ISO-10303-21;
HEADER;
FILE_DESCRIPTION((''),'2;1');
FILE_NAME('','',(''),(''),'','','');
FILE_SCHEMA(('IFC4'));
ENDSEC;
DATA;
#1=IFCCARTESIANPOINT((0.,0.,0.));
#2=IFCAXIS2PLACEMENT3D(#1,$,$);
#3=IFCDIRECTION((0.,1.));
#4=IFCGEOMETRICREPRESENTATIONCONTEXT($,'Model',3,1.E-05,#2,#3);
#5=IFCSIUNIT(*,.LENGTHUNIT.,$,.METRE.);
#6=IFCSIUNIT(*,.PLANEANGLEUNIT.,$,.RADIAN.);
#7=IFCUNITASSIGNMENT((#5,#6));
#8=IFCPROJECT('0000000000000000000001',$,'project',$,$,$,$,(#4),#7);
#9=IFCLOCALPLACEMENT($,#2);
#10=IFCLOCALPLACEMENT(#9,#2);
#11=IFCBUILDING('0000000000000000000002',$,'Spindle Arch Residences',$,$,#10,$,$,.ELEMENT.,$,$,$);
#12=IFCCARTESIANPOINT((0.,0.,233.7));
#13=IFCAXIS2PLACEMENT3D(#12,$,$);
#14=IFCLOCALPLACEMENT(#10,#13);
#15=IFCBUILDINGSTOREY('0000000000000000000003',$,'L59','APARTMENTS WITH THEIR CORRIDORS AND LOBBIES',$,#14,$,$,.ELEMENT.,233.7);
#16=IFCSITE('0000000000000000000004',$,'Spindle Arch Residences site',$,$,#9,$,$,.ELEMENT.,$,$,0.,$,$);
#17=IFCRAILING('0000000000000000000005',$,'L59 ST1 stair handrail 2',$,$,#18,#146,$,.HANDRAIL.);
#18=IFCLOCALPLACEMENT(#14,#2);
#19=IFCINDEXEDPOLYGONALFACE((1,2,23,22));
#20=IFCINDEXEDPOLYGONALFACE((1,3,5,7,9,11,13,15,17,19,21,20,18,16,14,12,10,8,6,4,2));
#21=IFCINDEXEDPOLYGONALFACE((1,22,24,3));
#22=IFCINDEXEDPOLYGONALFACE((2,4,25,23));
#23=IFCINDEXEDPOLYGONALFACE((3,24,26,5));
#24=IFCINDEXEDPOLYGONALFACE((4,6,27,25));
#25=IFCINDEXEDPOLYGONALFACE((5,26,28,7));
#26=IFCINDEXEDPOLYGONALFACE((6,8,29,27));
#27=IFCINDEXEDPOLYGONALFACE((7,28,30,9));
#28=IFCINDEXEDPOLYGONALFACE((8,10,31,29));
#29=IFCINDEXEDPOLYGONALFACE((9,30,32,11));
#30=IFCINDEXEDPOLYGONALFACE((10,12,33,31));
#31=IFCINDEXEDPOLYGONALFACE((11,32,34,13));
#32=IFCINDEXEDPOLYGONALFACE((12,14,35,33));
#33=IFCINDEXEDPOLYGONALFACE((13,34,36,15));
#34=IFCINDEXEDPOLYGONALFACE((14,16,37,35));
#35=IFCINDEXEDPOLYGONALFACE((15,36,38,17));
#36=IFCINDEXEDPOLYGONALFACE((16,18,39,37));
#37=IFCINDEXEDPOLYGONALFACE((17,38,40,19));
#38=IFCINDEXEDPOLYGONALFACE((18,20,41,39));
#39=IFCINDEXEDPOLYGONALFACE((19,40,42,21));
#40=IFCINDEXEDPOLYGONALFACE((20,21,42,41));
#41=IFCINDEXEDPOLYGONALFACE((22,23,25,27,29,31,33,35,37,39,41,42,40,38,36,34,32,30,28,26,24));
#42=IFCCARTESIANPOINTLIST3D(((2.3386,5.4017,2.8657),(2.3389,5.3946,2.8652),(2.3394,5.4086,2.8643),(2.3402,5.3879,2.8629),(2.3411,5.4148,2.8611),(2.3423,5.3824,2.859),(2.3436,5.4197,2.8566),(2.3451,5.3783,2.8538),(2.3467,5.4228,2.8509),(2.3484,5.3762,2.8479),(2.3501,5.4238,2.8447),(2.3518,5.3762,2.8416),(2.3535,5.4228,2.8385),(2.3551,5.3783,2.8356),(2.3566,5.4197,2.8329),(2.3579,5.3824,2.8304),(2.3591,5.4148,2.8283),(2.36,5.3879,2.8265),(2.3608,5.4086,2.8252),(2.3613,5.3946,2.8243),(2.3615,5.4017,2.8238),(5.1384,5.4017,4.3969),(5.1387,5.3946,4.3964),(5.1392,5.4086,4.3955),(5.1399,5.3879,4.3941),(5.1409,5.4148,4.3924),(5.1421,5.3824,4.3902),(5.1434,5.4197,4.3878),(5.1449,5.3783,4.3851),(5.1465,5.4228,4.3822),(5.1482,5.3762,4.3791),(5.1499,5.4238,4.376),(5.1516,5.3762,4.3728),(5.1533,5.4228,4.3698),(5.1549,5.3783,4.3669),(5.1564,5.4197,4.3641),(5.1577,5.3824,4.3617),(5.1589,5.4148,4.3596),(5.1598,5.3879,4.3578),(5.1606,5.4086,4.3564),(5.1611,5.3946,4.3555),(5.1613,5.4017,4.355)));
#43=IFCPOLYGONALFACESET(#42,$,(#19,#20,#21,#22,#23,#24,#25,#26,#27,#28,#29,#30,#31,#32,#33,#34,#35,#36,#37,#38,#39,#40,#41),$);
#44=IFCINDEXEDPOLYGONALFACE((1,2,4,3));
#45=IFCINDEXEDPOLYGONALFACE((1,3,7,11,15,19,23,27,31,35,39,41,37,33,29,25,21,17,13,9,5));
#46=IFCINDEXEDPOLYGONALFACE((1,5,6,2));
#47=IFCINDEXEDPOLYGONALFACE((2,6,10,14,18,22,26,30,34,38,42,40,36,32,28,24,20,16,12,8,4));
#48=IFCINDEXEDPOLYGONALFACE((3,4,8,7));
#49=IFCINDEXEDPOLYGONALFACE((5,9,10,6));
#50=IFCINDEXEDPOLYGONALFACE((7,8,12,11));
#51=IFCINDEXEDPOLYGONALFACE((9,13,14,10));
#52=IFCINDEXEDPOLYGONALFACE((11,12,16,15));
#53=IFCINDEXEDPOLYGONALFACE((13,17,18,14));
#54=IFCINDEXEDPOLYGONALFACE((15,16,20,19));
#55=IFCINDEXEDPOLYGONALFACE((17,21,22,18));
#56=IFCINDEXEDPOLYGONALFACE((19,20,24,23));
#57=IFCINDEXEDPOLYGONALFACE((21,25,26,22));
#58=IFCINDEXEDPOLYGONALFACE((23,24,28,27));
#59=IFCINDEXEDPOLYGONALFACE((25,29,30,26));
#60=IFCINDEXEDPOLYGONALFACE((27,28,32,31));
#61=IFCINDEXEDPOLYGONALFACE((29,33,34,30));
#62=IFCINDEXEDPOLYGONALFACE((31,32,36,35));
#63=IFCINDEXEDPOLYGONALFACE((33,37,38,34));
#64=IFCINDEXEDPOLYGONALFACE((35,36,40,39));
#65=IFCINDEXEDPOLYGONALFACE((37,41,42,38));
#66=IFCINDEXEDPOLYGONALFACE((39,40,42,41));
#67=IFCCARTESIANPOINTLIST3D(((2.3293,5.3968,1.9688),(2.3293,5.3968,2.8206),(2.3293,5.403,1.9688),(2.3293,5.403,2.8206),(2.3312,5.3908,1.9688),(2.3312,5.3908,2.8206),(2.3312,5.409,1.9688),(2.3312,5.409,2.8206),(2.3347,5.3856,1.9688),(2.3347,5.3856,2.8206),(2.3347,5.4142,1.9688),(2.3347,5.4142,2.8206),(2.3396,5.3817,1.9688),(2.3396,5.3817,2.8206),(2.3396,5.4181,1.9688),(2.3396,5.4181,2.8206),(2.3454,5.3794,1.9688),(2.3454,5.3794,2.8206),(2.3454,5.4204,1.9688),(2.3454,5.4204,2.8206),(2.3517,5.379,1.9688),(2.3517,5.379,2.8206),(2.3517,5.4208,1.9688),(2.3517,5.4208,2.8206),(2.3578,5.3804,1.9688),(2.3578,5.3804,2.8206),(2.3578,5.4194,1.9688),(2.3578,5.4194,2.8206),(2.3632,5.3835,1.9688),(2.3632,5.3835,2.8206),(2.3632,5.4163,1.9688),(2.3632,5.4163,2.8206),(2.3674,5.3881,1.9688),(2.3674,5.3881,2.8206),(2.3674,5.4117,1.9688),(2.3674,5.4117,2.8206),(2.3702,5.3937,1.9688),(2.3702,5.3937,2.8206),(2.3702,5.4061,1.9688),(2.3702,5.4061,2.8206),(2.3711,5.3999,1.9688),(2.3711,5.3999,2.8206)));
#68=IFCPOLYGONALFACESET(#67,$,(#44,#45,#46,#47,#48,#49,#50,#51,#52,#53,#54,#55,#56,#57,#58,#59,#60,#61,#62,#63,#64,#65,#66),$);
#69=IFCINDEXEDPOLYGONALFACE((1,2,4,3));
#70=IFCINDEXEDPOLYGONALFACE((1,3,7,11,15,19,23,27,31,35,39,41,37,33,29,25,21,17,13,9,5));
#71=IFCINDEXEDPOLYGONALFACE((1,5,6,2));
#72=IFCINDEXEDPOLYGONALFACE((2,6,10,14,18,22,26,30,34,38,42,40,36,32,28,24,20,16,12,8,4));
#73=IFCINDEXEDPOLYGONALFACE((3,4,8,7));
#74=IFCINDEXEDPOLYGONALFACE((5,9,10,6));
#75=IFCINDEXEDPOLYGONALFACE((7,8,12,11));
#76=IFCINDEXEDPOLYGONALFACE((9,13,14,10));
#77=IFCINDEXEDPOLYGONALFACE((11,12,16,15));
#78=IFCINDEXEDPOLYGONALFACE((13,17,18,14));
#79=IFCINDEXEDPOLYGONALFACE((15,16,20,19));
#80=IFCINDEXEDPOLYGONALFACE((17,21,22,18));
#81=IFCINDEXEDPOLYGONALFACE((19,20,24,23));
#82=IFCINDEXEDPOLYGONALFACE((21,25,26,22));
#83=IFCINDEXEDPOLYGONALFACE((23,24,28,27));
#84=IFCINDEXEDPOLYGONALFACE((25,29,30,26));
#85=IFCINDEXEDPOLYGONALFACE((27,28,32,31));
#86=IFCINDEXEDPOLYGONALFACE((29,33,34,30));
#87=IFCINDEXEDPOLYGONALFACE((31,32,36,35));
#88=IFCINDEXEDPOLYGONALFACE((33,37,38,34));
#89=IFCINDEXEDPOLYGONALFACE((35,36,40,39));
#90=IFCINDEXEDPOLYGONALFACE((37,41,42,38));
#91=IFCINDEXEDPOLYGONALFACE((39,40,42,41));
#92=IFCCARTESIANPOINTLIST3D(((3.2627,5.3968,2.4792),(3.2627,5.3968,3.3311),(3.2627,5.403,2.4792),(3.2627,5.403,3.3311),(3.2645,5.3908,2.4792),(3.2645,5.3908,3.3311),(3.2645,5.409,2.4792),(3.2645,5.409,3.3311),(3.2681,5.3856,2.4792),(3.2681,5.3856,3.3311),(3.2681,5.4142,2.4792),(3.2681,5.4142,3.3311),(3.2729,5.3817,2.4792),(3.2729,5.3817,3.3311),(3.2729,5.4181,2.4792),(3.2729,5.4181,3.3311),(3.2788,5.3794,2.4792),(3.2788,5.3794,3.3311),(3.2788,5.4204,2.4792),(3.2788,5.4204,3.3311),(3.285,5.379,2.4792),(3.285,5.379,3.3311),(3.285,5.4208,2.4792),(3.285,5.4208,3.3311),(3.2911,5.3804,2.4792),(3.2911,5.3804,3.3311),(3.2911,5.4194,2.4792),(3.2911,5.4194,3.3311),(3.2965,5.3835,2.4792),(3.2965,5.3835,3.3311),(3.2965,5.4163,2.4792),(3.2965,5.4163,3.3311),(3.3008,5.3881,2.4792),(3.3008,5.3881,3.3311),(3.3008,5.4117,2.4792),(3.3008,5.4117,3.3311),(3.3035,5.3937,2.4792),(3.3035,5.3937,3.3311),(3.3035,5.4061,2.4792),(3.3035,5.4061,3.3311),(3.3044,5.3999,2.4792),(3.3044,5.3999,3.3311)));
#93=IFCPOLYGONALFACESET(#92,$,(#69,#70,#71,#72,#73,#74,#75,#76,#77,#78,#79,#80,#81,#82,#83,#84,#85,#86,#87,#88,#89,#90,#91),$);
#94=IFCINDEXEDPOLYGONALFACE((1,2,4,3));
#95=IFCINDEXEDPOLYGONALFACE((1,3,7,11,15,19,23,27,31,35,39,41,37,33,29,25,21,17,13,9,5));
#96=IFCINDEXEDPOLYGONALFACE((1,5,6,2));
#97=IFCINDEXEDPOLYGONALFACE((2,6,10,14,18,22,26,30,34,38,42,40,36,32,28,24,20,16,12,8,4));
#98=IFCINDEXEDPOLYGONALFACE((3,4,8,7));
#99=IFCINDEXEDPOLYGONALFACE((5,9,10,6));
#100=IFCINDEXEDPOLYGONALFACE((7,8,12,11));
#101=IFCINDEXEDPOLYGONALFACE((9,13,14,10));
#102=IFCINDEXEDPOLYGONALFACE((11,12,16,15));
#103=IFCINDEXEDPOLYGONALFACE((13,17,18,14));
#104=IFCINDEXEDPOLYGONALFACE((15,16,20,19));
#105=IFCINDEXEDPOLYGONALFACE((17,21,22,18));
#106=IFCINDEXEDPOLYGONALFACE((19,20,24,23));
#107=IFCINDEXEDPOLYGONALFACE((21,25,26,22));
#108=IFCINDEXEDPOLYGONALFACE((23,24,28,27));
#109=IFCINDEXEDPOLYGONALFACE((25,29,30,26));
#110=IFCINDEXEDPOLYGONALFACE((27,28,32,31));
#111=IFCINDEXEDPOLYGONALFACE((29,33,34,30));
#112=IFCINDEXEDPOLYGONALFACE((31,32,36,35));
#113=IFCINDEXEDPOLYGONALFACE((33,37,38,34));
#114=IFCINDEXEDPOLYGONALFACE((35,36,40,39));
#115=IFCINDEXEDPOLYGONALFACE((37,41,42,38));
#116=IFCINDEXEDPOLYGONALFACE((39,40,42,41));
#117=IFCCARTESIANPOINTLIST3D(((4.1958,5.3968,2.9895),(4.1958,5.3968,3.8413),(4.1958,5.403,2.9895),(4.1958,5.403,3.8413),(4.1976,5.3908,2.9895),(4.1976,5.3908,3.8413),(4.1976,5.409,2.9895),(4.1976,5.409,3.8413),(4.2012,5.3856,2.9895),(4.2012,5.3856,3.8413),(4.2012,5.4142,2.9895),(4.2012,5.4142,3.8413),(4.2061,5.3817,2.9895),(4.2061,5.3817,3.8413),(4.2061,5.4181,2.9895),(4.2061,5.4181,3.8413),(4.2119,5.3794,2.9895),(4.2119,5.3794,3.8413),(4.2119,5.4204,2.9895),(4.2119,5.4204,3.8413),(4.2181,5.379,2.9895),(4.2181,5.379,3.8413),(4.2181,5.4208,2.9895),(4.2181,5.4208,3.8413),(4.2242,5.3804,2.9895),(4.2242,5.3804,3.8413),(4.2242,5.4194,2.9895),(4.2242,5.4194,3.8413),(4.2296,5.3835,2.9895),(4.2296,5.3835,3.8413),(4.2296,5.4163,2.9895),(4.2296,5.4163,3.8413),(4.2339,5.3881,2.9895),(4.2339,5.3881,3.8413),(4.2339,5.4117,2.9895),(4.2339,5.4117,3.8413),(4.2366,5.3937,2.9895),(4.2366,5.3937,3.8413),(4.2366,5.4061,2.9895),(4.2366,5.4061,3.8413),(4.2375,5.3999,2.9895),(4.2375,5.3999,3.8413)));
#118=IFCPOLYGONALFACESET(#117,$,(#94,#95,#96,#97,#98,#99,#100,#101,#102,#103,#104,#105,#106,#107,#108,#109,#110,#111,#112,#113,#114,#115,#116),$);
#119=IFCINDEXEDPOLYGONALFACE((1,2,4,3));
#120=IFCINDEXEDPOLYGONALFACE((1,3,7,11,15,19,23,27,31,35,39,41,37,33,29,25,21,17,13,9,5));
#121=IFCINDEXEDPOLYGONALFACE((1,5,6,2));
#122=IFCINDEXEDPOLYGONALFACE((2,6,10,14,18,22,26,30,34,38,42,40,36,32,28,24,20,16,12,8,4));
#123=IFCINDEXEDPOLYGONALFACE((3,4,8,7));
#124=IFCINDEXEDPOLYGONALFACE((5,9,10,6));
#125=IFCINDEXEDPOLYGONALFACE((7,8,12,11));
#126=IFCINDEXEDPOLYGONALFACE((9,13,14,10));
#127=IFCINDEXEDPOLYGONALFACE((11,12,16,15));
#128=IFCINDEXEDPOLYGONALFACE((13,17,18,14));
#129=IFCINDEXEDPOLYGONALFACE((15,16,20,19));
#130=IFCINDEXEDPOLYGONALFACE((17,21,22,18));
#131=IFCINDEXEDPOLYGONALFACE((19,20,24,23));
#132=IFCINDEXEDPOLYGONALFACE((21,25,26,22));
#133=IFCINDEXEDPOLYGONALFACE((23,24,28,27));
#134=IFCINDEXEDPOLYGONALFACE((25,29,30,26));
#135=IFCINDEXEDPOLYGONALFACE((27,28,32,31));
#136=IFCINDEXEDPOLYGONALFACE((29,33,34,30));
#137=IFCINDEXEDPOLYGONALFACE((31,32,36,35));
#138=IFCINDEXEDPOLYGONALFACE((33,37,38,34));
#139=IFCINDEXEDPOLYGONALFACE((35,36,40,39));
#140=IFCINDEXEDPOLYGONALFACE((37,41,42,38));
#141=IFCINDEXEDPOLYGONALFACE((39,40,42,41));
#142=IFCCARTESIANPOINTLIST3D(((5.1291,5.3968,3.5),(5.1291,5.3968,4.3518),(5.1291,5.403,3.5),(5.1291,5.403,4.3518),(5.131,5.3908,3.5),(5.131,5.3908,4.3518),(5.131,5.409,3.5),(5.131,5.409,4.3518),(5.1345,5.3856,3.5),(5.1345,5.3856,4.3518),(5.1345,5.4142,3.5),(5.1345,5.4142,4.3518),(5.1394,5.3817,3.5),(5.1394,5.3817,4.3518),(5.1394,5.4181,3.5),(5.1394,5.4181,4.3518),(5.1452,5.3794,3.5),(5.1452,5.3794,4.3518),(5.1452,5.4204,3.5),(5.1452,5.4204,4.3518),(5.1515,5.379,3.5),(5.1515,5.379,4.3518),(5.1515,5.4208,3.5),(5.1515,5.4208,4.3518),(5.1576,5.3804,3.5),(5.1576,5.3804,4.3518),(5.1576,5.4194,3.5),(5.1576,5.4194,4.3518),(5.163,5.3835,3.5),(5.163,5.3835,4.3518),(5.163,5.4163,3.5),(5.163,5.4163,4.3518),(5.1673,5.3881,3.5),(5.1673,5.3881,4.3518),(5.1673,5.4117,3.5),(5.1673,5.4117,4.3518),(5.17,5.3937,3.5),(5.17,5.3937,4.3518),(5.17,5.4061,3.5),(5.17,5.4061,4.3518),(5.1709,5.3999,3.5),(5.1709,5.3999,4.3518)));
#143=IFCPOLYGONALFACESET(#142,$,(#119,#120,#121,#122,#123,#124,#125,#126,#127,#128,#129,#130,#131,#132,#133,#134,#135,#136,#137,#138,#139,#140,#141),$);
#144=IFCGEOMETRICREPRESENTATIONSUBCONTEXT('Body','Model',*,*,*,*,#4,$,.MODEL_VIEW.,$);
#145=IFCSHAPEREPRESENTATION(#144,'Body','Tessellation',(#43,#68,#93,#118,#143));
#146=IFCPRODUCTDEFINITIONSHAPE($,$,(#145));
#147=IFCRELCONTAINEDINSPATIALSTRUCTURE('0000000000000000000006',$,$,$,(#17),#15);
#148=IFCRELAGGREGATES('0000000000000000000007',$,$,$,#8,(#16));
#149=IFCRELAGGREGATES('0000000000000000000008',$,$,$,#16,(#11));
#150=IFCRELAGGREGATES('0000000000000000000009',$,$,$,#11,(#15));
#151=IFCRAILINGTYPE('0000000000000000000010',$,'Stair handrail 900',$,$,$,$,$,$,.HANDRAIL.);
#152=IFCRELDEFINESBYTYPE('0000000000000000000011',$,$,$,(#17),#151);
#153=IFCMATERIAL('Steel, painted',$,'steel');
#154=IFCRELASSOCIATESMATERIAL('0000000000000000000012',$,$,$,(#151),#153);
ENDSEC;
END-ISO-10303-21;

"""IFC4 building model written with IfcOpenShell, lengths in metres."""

from ifc_helpers import new_model, si_unit, direction, frame, origin, origin_2d, place, context, subcontext, project, spatial, circle, extrude, material, type_object, element, save


model = new_model("IFC4")

# Units and contexts
model_context = context("Model", 3, precision=1e-05, world=origin(), true_north=direction((0.0, 1.0)))
body_context = subcontext(model_context, "Body", "Model", "MODEL_VIEW")
ifc_project = project(units=[si_unit("LENGTHUNIT", "METRE"), si_unit("PLANEANGLEUNIT", "RADIAN")], contexts=[model_context])

# Site, building, storey
site_placement = place(None, origin())
site = spatial("IfcSite", under=ifc_project, at=site_placement, Name="Spindle Arch Residences site", CompositionType="ELEMENT", RefElevation=0.0)
building_placement = place(site_placement, origin())
building = spatial("IfcBuilding", under=site, at=building_placement, Name="Spindle Arch Residences", CompositionType="ELEMENT")
storey_placement = place(building_placement, frame((0.0, 0.0, 233.7)))
storey = spatial("IfcBuildingStorey", under=building, at=storey_placement, Name="L59", Description="APARTMENTS WITH THEIR CORRIDORS AND LOBBIES", CompositionType="ELEMENT", Elevation=233.7)

# Railing
ifc_material_1 = material(Name="Steel, painted", Category="steel")
railing_type_1 = type_object("IfcRailingType", Name="Stair handrail 900", PredefinedType="HANDRAIL", material=ifc_material_1)
railing_1_placement = place(storey_placement, frame((2.3501, 5.3999, 1.9688)))
element("IfcRailing", 1, at=railing_1_placement, inside=storey, type_object=railing_type_1, Name="L59 ST1 stair handrail 2", PredefinedType="HANDRAIL", context=body_context, shape_type="SweptSolid", body=[
    extrude(circle(Radius=0.0239, at=origin_2d()), frame((0.0, 0.0, 0.876), z_axis=(0.877357, 0.0, 0.479838), x_axis=(0.0, 1.0, 0.0)), (0.0, 0.0, 1.0), 3.1912),
    extrude(circle(Radius=0.021, at=origin_2d()), origin(), (0.0, 0.0, 1.0), 0.8518),
    extrude(circle(Radius=0.021, at=origin_2d()), frame((0.9333, 0.0, 0.5105)), (0.0, 0.0, 1.0), 0.8518),
    extrude(circle(Radius=0.021, at=origin_2d()), frame((1.8665, 0.0, 1.0208)), (0.0, 0.0, 1.0), 0.8518),
    extrude(circle(Radius=0.021, at=origin_2d()), frame((2.7998, 0.0, 1.5312)), (0.0, 0.0, 1.0), 0.8518),
])

save(model, "model.ifc")
